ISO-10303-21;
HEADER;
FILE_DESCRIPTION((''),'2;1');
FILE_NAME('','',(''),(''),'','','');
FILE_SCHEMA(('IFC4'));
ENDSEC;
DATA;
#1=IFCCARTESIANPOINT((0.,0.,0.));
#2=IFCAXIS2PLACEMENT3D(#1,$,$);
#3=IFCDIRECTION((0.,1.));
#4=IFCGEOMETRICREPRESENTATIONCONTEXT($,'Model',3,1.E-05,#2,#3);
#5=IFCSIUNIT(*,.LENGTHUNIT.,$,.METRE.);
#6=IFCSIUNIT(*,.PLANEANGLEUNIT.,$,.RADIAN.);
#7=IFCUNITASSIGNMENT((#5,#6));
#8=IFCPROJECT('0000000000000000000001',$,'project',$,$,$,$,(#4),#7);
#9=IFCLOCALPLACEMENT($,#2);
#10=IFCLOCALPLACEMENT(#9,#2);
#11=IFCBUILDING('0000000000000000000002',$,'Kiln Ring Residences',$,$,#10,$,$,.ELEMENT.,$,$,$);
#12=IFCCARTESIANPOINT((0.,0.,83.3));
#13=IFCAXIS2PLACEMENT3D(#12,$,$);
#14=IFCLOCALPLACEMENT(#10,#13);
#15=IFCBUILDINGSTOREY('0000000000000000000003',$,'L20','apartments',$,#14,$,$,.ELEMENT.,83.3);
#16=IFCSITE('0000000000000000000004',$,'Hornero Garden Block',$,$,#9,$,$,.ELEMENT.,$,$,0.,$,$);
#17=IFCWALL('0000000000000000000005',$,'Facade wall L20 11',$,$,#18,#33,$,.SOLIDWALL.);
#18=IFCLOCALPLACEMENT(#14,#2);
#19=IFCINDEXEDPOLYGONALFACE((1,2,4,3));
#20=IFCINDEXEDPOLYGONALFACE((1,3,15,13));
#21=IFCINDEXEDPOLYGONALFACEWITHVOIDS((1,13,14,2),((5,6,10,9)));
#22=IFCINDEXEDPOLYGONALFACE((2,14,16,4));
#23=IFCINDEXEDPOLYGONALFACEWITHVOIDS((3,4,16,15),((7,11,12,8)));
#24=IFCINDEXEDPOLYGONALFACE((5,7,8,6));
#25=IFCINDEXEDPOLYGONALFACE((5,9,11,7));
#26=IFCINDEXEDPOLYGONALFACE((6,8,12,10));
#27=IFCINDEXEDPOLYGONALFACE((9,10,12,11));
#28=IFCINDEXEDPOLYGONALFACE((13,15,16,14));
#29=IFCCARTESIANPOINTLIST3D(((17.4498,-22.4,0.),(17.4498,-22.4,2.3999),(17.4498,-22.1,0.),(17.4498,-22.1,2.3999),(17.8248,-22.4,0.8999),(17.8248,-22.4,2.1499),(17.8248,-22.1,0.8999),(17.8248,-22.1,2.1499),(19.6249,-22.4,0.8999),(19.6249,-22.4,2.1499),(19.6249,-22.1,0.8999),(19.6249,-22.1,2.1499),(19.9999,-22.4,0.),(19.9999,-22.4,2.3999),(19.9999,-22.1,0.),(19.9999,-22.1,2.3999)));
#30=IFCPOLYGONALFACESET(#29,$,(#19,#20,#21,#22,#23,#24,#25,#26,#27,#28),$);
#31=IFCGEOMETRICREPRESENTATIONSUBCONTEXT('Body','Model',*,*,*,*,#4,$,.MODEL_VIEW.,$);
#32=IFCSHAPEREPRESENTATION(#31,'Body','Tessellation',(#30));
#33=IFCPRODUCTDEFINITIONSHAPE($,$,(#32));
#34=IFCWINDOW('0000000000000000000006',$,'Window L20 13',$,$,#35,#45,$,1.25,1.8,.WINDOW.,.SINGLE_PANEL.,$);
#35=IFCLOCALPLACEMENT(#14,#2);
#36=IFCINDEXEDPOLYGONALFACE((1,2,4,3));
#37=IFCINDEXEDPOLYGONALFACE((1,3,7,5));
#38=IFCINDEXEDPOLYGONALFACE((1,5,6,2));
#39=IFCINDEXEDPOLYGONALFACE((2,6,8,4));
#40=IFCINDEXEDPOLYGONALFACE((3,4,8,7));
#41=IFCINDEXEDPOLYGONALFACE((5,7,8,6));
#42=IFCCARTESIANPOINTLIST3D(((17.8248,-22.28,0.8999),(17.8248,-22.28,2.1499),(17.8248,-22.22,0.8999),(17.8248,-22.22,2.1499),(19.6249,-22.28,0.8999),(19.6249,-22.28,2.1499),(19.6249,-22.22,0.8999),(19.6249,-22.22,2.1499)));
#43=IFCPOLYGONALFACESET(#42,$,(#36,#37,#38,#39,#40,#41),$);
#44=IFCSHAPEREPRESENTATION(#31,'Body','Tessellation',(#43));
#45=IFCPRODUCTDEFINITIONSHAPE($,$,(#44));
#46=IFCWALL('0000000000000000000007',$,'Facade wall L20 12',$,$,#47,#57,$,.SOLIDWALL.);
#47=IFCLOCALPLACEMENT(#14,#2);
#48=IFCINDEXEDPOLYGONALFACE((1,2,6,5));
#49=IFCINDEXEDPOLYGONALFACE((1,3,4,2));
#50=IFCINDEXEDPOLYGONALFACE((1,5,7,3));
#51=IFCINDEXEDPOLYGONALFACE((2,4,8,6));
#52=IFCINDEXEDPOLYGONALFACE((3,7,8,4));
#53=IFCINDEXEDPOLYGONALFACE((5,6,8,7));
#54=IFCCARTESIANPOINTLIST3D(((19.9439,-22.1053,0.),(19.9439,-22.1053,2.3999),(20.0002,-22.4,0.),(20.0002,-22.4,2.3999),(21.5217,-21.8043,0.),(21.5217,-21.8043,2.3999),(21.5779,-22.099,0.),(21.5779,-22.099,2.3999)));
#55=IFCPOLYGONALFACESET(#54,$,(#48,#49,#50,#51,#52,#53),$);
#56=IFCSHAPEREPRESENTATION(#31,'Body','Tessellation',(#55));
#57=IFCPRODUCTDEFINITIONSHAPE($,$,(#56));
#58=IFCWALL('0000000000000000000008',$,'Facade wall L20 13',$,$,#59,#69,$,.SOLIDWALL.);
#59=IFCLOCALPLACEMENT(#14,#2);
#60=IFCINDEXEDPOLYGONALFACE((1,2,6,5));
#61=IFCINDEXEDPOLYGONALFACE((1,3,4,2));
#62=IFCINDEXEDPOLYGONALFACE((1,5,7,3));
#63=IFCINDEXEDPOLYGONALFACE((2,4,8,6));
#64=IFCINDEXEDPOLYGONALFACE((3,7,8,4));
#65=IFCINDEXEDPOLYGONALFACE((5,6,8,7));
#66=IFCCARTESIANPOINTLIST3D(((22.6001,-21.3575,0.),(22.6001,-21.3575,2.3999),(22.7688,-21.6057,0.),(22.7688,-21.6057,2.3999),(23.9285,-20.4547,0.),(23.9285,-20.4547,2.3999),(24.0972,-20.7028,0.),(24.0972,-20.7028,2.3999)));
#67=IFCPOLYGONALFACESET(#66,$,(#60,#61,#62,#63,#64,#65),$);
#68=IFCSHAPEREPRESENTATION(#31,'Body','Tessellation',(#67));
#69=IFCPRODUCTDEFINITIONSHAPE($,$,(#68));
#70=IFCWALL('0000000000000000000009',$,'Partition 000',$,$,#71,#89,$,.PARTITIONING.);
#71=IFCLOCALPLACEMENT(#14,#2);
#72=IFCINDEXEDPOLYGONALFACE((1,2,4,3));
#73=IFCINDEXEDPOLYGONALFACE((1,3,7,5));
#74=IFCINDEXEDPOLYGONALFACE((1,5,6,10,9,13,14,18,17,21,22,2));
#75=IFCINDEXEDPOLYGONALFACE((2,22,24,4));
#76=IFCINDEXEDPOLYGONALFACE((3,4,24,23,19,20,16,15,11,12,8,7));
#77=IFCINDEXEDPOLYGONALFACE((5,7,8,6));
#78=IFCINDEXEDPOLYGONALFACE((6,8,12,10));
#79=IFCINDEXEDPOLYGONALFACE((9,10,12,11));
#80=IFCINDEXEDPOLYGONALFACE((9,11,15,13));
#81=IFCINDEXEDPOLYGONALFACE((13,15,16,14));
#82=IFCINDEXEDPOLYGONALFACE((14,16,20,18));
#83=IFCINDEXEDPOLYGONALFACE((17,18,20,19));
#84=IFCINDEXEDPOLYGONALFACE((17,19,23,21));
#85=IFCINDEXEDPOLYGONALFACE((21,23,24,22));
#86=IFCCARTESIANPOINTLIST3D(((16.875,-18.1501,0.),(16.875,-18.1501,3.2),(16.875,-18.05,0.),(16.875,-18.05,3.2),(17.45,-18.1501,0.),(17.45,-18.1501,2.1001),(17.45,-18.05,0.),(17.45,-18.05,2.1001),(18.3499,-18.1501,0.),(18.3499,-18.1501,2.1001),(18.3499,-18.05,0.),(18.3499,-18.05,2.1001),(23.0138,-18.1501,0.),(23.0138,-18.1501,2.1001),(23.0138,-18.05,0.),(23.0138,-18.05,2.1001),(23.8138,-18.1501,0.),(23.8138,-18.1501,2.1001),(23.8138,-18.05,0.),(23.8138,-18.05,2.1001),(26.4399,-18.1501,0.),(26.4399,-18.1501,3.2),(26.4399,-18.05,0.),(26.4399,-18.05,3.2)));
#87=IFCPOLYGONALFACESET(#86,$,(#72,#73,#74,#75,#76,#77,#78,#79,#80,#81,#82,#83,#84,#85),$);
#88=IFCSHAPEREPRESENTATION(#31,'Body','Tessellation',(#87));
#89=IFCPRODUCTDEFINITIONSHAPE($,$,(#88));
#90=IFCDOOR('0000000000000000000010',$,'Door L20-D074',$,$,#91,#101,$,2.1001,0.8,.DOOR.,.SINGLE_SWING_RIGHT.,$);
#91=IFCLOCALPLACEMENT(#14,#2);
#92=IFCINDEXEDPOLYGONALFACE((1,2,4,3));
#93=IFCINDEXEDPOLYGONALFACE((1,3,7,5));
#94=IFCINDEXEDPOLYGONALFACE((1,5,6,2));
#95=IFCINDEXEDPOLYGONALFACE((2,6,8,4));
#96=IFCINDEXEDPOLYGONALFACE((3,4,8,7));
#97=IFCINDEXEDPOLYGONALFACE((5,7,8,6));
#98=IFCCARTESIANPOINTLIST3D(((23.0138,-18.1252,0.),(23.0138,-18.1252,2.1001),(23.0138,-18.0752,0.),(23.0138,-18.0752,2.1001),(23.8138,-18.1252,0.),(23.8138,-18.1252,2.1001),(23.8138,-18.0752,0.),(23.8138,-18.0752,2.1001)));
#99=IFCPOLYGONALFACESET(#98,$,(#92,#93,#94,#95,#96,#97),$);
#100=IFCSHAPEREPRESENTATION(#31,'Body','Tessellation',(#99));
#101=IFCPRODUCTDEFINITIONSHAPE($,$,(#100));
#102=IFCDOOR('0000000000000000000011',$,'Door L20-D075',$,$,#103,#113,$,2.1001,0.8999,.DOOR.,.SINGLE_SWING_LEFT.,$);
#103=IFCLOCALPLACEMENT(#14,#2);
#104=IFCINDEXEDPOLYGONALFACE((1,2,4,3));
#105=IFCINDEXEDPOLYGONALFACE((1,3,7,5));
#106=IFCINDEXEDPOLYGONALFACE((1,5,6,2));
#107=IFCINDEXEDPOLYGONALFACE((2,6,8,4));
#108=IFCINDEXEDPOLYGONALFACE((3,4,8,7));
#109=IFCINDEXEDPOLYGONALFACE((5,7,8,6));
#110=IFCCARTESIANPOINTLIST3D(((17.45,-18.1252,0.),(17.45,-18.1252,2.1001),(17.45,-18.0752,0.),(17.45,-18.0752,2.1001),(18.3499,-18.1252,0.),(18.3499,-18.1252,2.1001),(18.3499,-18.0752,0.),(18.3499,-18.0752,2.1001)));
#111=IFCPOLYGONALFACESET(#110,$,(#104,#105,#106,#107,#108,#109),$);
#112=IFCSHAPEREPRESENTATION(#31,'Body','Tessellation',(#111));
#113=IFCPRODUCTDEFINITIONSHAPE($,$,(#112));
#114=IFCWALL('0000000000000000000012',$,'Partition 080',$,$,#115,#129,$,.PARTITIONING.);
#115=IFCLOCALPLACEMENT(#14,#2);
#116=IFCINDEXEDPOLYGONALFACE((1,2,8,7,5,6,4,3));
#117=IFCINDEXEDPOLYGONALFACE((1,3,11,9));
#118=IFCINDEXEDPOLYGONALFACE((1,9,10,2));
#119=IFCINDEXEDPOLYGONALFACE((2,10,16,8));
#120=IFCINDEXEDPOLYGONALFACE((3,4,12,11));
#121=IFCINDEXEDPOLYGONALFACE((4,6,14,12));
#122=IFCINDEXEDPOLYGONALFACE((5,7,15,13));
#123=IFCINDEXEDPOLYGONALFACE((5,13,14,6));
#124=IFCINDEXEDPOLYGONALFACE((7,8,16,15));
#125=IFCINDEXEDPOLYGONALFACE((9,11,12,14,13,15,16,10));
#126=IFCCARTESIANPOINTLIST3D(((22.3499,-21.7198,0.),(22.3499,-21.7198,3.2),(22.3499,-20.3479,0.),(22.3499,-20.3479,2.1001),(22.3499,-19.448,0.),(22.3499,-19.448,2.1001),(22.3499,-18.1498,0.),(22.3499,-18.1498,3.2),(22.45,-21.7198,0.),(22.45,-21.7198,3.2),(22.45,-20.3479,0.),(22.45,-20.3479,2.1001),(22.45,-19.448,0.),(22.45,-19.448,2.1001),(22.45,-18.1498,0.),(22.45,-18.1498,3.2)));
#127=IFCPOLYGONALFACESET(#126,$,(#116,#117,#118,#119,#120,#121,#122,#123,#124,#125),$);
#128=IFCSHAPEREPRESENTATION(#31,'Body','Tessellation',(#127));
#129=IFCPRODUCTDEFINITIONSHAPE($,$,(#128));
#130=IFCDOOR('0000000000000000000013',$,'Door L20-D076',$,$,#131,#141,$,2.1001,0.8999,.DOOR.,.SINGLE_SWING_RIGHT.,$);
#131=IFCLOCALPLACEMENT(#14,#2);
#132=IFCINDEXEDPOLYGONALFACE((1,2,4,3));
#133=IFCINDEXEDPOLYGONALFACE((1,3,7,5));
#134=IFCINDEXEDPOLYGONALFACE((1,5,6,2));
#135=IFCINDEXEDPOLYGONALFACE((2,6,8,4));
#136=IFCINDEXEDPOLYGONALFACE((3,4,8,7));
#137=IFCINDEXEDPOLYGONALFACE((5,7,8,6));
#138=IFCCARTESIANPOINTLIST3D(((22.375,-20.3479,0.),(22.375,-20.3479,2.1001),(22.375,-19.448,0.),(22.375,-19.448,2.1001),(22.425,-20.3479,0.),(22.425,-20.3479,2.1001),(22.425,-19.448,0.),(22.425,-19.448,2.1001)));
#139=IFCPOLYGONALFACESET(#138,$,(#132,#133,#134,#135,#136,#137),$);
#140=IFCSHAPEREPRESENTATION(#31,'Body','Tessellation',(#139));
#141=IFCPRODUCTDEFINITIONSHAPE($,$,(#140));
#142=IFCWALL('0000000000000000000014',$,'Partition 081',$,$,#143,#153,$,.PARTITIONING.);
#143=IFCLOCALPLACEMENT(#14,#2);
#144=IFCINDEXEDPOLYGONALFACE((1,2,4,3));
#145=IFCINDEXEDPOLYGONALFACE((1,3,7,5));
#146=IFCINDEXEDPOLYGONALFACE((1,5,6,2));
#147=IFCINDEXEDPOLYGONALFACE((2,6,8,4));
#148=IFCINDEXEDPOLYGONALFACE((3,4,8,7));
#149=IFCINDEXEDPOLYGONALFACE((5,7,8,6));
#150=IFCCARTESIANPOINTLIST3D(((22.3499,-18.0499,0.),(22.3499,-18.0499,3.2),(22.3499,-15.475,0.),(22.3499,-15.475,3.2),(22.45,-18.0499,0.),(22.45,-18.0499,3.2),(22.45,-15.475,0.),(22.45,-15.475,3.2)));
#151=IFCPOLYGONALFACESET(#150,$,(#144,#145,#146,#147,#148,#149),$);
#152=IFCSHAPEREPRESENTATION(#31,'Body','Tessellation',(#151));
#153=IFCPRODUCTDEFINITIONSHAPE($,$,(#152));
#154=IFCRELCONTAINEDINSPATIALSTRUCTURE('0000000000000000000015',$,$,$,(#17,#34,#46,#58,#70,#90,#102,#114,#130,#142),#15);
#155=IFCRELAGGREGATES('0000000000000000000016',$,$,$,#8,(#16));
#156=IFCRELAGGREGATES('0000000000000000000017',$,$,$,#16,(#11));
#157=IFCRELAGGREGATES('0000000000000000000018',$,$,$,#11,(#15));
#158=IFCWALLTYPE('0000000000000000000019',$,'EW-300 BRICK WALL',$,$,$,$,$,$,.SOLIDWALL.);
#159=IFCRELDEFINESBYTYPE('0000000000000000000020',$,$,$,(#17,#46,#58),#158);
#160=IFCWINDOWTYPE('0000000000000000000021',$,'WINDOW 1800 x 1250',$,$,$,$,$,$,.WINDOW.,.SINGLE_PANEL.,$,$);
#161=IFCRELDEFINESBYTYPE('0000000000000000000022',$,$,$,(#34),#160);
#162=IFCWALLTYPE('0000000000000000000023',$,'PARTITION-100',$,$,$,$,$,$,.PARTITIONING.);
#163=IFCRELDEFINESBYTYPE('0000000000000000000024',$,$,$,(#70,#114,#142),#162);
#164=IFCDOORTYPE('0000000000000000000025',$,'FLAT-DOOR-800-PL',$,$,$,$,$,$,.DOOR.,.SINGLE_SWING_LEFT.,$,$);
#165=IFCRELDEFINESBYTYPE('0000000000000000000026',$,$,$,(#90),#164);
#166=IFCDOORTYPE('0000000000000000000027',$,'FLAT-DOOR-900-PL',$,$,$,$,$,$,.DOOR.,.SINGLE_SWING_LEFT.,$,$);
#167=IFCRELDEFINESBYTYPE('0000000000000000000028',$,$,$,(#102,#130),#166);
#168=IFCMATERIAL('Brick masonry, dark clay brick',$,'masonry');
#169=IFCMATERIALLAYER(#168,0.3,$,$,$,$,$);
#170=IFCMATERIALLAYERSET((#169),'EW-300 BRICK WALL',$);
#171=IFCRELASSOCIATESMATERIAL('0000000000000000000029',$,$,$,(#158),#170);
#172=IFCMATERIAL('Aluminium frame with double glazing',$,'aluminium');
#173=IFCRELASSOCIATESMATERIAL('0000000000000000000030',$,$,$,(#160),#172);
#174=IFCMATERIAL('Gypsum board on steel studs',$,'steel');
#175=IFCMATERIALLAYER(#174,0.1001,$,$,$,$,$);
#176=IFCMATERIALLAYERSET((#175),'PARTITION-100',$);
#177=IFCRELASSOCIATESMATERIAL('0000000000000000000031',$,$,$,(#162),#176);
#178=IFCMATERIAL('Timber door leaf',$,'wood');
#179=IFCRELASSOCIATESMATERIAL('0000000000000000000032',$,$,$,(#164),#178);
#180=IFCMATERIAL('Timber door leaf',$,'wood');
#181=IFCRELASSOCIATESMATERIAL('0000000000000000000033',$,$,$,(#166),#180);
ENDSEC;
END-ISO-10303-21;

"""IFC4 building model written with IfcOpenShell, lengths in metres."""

from ifc_helpers import new_model, si_unit, direction, frame, frame_2d, origin, place, context, subcontext, project, spatial, rectangle, extrude, material, layer, layer_set, type_object, element, fill, save


model = new_model("IFC4")

# Units and contexts
model_context = context("Model", 3, precision=1e-05, world=origin(), true_north=direction((0.0, 1.0)))
body_context = subcontext(model_context, "Body", "Model", "MODEL_VIEW")
ifc_project = project(units=[si_unit("LENGTHUNIT", "METRE"), si_unit("PLANEANGLEUNIT", "RADIAN")], contexts=[model_context])

# Site, building, storey
site_placement = place(None, origin())
site = spatial("IfcSite", under=ifc_project, at=site_placement, Name="Hornero Garden Block", CompositionType="ELEMENT", RefElevation=0.0)
building_placement = place(site_placement, origin())
building = spatial("IfcBuilding", under=site, at=building_placement, Name="Kiln Ring Residences", CompositionType="ELEMENT")
storey_placement = place(building_placement, frame((0.0, 0.0, 83.3)))
storey = spatial("IfcBuildingStorey", under=building, at=storey_placement, Name="L20", Description="apartments", CompositionType="ELEMENT", Elevation=83.3)

# Wall, opening, window
ifc_material_1 = material(Name="Brick masonry, dark clay brick", Category="masonry")
ifc_layer_1 = layer(ifc_material_1, 0.3)
ifc_layer_set_1 = layer_set([ifc_layer_1], Name="EW-300 BRICK WALL")
wall_type_1 = type_object("IfcWallType", Name="EW-300 BRICK WALL", PredefinedType="SOLIDWALL", material=ifc_layer_set_1)
wall_1_placement = place(storey_placement, frame((17.45, -22.25, 0.0), z_axis=(0.0, 0.0, 1.0), x_axis=(1.0, 0.0, 0.0)))
wall_1 = element("IfcWall", 1, at=wall_1_placement, inside=storey, type_object=wall_type_1, Name="Facade wall L20 11", PredefinedType="SOLIDWALL", context=body_context, shape_type="SweptSolid", body=[
    extrude(rectangle(XDim=2.55, YDim=0.3, at=frame_2d((1.2749, 0.0))), origin(), (0.0, 0.0, 1.0), 2.3999),
])
opening_1_placement = place(wall_1_placement, frame((0.375, 0.0, 0.8999)))
opening_1 = element("IfcOpeningElement", 2, at=opening_1_placement, cuts=wall_1, PredefinedType="OPENING", context=body_context, shape_type="SweptSolid", body=[
    extrude(rectangle(XDim=1.8, YDim=1.25, at=frame_2d((0.8999, 0.625))), frame((0.0, 0.1599, 0.0), z_axis=(0.0, -1.0, 0.0), x_axis=(1.0, 0.0, 0.0)), (0.0, 0.0, 1.0), 0.3201),
])
ifc_material_2 = material(Name="Aluminium frame with double glazing", Category="aluminium")
window_type = type_object("IfcWindowType", Name="WINDOW 1800 x 1250", PartitioningType="SINGLE_PANEL", PredefinedType="WINDOW", material=ifc_material_2)
window_placement = place(opening_1_placement, origin())
window = element("IfcWindow", 3, at=window_placement, inside=storey, type_object=window_type, Name="Window L20 13", OverallHeight=1.25, OverallWidth=1.8, PartitioningType="SINGLE_PANEL", PredefinedType="WINDOW", context=body_context, shape_type="SweptSolid", body=[
    extrude(rectangle(XDim=1.8, YDim=1.25, at=frame_2d((0.8999, 0.625))), frame((0.0, 0.03, 0.0), z_axis=(0.0, -1.0, 0.0), x_axis=(1.0, 0.0, 0.0)), (0.0, 0.0, 1.0), 0.0601),
])
fill(opening_1, window)

# Walls
for number, where, z_axis, x_axis, name in (
    (4, (19.9719, -22.2527, 0.0), (0.0, 0.0, 1.0), (0.982279, 0.187426, 0.0), "Facade wall L20 12"),
    (5, (22.6843, -21.4817, 0.0), (0.0, 0.0, 1.0), (0.827059, 0.562115, 0.0), "Facade wall L20 13"),
):
    element("IfcWall", number, at=place(storey_placement, frame(where, z_axis=z_axis, x_axis=x_axis)), inside=storey, type_object=wall_type_1, Name=name, PredefinedType="SOLIDWALL", context=body_context, shape_type="SweptSolid", body=[
        extrude(rectangle(XDim=1.6062, YDim=0.3, at=frame_2d((0.8032, 0.0))), origin(), (0.0, 0.0, 1.0), 2.3999),
    ])

# Wall, openings, doors
ifc_material_3 = material(Name="Gypsum board on steel studs", Category="steel")
ifc_layer_2 = layer(ifc_material_3, 0.1001)
ifc_layer_set_2 = layer_set([ifc_layer_2], Name="PARTITION-100")
wall_type_2 = type_object("IfcWallType", Name="PARTITION-100", PredefinedType="PARTITIONING", material=ifc_layer_set_2)
wall_2_placement = place(storey_placement, frame((16.875, -18.1001, 0.0), z_axis=(0.0, 0.0, 1.0), x_axis=(1.0, 0.0, 0.0)))
wall_2 = element("IfcWall", 6, at=wall_2_placement, inside=storey, type_object=wall_type_2, Name="Partition 000", PredefinedType="PARTITIONING", context=body_context, shape_type="SweptSolid", body=[
    extrude(rectangle(XDim=9.5649, YDim=0.1001, at=frame_2d((4.7825, 0.0))), origin(), (0.0, 0.0, 1.0), 3.2),
])
opening_2_placement = place(wall_2_placement, frame((6.1389, 0.0, 0.0)))
opening_2 = element("IfcOpeningElement", 7, at=opening_2_placement, cuts=wall_2, PredefinedType="OPENING", context=body_context, shape_type="SweptSolid", body=[
    extrude(rectangle(XDim=0.8, YDim=2.1001, at=frame_2d((0.3999, 1.05))), frame((0.0, 0.0601, 0.0), z_axis=(0.0, -1.0, 0.0), x_axis=(1.0, 0.0, 0.0)), (0.0, 0.0, 1.0), 0.1201),
])
opening_3_placement = place(wall_2_placement, frame((0.575, 0.0, 0.0)))
opening_3 = element("IfcOpeningElement", 8, at=opening_3_placement, cuts=wall_2, PredefinedType="OPENING", context=body_context, shape_type="SweptSolid", body=[
    extrude(rectangle(XDim=0.8999, YDim=2.1001, at=frame_2d((0.45, 1.05))), frame((0.0, 0.0601, 0.0), z_axis=(0.0, -1.0, 0.0), x_axis=(1.0, 0.0, 0.0)), (0.0, 0.0, 1.0), 0.1201),
])
ifc_material_4 = material(Name="Timber door leaf", Category="wood")
door_type_1 = type_object("IfcDoorType", Name="FLAT-DOOR-800-PL", OperationType="SINGLE_SWING_LEFT", PredefinedType="DOOR", material=ifc_material_4)
door_1_placement = place(opening_2_placement, origin())
door_1 = element("IfcDoor", 9, at=door_1_placement, inside=storey, type_object=door_type_1, Name="Door L20-D074", OperationType="SINGLE_SWING_RIGHT", OverallHeight=2.1001, OverallWidth=0.8, PredefinedType="DOOR", context=body_context, shape_type="SweptSolid", body=[
    extrude(rectangle(XDim=0.8, YDim=2.1001, at=frame_2d((0.3999, 1.05))), frame((0.0, 0.0249, 0.0), z_axis=(0.0, -1.0, 0.0), x_axis=(1.0, 0.0, 0.0)), (0.0, 0.0, 1.0), 0.05),
])
fill(opening_2, door_1)
ifc_material_5 = material(Name="Timber door leaf", Category="wood")
door_type_2 = type_object("IfcDoorType", Name="FLAT-DOOR-900-PL", OperationType="SINGLE_SWING_LEFT", PredefinedType="DOOR", material=ifc_material_5)
door_2_placement = place(opening_3_placement, origin())
door_2 = element("IfcDoor", 10, at=door_2_placement, inside=storey, type_object=door_type_2, Name="Door L20-D075", OperationType="SINGLE_SWING_LEFT", OverallHeight=2.1001, OverallWidth=0.8999, PredefinedType="DOOR", context=body_context, shape_type="SweptSolid", body=[
    extrude(rectangle(XDim=0.8999, YDim=2.1001, at=frame_2d((0.45, 1.05))), frame((0.0, 0.0249, 0.0), z_axis=(0.0, -1.0, 0.0), x_axis=(1.0, 0.0, 0.0)), (0.0, 0.0, 1.0), 0.05),
])
fill(opening_3, door_2)

# Wall, opening, door
wall_3_placement = place(storey_placement, frame((22.3999, -21.72, 0.0), z_axis=(0.0, 0.0, 1.0), x_axis=(0.0, 1.0, 0.0)))
wall_3 = element("IfcWall", 11, at=wall_3_placement, inside=storey, type_object=wall_type_2, Name="Partition 080", PredefinedType="PARTITIONING", context=body_context, shape_type="SweptSolid", body=[
    extrude(rectangle(XDim=3.5701, YDim=0.1001, at=frame_2d((1.7852, 0.0))), origin(), (0.0, 0.0, 1.0), 3.2),
])
opening_4_placement = place(wall_3_placement, frame((1.3721, 0.0, 0.0)))
opening_4 = element("IfcOpeningElement", 12, at=opening_4_placement, cuts=wall_3, PredefinedType="OPENING", context=body_context, shape_type="SweptSolid", body=[
    extrude(rectangle(XDim=0.8999, YDim=2.1001, at=frame_2d((0.45, 1.05))), frame((0.0, 0.0601, 0.0), z_axis=(0.0, -1.0, 0.0), x_axis=(1.0, 0.0, 0.0)), (0.0, 0.0, 1.0), 0.1201),
])
door_3_placement = place(opening_4_placement, origin())
door_3 = element("IfcDoor", 13, at=door_3_placement, inside=storey, type_object=door_type_2, Name="Door L20-D076", OperationType="SINGLE_SWING_RIGHT", OverallHeight=2.1001, OverallWidth=0.8999, PredefinedType="DOOR", context=body_context, shape_type="SweptSolid", body=[
    extrude(rectangle(XDim=0.8999, YDim=2.1001, at=frame_2d((0.45, 1.05))), frame((0.0, 0.0249, 0.0), z_axis=(0.0, -1.0, 0.0), x_axis=(1.0, 0.0, 0.0)), (0.0, 0.0, 1.0), 0.05),
])
fill(opening_4, door_3)

# Wall
wall_4_placement = place(storey_placement, frame((22.3999, -18.05, 0.0), z_axis=(0.0, 0.0, 1.0), x_axis=(0.0, 1.0, 0.0)))
element("IfcWall", 14, at=wall_4_placement, inside=storey, type_object=wall_type_2, Name="Partition 081", PredefinedType="PARTITIONING", context=body_context, shape_type="SweptSolid", body=[
    extrude(rectangle(XDim=2.575, YDim=0.1001, at=frame_2d((1.2876, 0.0))), origin(), (0.0, 0.0, 1.0), 3.2),
])

save(model, "model.ifc")
